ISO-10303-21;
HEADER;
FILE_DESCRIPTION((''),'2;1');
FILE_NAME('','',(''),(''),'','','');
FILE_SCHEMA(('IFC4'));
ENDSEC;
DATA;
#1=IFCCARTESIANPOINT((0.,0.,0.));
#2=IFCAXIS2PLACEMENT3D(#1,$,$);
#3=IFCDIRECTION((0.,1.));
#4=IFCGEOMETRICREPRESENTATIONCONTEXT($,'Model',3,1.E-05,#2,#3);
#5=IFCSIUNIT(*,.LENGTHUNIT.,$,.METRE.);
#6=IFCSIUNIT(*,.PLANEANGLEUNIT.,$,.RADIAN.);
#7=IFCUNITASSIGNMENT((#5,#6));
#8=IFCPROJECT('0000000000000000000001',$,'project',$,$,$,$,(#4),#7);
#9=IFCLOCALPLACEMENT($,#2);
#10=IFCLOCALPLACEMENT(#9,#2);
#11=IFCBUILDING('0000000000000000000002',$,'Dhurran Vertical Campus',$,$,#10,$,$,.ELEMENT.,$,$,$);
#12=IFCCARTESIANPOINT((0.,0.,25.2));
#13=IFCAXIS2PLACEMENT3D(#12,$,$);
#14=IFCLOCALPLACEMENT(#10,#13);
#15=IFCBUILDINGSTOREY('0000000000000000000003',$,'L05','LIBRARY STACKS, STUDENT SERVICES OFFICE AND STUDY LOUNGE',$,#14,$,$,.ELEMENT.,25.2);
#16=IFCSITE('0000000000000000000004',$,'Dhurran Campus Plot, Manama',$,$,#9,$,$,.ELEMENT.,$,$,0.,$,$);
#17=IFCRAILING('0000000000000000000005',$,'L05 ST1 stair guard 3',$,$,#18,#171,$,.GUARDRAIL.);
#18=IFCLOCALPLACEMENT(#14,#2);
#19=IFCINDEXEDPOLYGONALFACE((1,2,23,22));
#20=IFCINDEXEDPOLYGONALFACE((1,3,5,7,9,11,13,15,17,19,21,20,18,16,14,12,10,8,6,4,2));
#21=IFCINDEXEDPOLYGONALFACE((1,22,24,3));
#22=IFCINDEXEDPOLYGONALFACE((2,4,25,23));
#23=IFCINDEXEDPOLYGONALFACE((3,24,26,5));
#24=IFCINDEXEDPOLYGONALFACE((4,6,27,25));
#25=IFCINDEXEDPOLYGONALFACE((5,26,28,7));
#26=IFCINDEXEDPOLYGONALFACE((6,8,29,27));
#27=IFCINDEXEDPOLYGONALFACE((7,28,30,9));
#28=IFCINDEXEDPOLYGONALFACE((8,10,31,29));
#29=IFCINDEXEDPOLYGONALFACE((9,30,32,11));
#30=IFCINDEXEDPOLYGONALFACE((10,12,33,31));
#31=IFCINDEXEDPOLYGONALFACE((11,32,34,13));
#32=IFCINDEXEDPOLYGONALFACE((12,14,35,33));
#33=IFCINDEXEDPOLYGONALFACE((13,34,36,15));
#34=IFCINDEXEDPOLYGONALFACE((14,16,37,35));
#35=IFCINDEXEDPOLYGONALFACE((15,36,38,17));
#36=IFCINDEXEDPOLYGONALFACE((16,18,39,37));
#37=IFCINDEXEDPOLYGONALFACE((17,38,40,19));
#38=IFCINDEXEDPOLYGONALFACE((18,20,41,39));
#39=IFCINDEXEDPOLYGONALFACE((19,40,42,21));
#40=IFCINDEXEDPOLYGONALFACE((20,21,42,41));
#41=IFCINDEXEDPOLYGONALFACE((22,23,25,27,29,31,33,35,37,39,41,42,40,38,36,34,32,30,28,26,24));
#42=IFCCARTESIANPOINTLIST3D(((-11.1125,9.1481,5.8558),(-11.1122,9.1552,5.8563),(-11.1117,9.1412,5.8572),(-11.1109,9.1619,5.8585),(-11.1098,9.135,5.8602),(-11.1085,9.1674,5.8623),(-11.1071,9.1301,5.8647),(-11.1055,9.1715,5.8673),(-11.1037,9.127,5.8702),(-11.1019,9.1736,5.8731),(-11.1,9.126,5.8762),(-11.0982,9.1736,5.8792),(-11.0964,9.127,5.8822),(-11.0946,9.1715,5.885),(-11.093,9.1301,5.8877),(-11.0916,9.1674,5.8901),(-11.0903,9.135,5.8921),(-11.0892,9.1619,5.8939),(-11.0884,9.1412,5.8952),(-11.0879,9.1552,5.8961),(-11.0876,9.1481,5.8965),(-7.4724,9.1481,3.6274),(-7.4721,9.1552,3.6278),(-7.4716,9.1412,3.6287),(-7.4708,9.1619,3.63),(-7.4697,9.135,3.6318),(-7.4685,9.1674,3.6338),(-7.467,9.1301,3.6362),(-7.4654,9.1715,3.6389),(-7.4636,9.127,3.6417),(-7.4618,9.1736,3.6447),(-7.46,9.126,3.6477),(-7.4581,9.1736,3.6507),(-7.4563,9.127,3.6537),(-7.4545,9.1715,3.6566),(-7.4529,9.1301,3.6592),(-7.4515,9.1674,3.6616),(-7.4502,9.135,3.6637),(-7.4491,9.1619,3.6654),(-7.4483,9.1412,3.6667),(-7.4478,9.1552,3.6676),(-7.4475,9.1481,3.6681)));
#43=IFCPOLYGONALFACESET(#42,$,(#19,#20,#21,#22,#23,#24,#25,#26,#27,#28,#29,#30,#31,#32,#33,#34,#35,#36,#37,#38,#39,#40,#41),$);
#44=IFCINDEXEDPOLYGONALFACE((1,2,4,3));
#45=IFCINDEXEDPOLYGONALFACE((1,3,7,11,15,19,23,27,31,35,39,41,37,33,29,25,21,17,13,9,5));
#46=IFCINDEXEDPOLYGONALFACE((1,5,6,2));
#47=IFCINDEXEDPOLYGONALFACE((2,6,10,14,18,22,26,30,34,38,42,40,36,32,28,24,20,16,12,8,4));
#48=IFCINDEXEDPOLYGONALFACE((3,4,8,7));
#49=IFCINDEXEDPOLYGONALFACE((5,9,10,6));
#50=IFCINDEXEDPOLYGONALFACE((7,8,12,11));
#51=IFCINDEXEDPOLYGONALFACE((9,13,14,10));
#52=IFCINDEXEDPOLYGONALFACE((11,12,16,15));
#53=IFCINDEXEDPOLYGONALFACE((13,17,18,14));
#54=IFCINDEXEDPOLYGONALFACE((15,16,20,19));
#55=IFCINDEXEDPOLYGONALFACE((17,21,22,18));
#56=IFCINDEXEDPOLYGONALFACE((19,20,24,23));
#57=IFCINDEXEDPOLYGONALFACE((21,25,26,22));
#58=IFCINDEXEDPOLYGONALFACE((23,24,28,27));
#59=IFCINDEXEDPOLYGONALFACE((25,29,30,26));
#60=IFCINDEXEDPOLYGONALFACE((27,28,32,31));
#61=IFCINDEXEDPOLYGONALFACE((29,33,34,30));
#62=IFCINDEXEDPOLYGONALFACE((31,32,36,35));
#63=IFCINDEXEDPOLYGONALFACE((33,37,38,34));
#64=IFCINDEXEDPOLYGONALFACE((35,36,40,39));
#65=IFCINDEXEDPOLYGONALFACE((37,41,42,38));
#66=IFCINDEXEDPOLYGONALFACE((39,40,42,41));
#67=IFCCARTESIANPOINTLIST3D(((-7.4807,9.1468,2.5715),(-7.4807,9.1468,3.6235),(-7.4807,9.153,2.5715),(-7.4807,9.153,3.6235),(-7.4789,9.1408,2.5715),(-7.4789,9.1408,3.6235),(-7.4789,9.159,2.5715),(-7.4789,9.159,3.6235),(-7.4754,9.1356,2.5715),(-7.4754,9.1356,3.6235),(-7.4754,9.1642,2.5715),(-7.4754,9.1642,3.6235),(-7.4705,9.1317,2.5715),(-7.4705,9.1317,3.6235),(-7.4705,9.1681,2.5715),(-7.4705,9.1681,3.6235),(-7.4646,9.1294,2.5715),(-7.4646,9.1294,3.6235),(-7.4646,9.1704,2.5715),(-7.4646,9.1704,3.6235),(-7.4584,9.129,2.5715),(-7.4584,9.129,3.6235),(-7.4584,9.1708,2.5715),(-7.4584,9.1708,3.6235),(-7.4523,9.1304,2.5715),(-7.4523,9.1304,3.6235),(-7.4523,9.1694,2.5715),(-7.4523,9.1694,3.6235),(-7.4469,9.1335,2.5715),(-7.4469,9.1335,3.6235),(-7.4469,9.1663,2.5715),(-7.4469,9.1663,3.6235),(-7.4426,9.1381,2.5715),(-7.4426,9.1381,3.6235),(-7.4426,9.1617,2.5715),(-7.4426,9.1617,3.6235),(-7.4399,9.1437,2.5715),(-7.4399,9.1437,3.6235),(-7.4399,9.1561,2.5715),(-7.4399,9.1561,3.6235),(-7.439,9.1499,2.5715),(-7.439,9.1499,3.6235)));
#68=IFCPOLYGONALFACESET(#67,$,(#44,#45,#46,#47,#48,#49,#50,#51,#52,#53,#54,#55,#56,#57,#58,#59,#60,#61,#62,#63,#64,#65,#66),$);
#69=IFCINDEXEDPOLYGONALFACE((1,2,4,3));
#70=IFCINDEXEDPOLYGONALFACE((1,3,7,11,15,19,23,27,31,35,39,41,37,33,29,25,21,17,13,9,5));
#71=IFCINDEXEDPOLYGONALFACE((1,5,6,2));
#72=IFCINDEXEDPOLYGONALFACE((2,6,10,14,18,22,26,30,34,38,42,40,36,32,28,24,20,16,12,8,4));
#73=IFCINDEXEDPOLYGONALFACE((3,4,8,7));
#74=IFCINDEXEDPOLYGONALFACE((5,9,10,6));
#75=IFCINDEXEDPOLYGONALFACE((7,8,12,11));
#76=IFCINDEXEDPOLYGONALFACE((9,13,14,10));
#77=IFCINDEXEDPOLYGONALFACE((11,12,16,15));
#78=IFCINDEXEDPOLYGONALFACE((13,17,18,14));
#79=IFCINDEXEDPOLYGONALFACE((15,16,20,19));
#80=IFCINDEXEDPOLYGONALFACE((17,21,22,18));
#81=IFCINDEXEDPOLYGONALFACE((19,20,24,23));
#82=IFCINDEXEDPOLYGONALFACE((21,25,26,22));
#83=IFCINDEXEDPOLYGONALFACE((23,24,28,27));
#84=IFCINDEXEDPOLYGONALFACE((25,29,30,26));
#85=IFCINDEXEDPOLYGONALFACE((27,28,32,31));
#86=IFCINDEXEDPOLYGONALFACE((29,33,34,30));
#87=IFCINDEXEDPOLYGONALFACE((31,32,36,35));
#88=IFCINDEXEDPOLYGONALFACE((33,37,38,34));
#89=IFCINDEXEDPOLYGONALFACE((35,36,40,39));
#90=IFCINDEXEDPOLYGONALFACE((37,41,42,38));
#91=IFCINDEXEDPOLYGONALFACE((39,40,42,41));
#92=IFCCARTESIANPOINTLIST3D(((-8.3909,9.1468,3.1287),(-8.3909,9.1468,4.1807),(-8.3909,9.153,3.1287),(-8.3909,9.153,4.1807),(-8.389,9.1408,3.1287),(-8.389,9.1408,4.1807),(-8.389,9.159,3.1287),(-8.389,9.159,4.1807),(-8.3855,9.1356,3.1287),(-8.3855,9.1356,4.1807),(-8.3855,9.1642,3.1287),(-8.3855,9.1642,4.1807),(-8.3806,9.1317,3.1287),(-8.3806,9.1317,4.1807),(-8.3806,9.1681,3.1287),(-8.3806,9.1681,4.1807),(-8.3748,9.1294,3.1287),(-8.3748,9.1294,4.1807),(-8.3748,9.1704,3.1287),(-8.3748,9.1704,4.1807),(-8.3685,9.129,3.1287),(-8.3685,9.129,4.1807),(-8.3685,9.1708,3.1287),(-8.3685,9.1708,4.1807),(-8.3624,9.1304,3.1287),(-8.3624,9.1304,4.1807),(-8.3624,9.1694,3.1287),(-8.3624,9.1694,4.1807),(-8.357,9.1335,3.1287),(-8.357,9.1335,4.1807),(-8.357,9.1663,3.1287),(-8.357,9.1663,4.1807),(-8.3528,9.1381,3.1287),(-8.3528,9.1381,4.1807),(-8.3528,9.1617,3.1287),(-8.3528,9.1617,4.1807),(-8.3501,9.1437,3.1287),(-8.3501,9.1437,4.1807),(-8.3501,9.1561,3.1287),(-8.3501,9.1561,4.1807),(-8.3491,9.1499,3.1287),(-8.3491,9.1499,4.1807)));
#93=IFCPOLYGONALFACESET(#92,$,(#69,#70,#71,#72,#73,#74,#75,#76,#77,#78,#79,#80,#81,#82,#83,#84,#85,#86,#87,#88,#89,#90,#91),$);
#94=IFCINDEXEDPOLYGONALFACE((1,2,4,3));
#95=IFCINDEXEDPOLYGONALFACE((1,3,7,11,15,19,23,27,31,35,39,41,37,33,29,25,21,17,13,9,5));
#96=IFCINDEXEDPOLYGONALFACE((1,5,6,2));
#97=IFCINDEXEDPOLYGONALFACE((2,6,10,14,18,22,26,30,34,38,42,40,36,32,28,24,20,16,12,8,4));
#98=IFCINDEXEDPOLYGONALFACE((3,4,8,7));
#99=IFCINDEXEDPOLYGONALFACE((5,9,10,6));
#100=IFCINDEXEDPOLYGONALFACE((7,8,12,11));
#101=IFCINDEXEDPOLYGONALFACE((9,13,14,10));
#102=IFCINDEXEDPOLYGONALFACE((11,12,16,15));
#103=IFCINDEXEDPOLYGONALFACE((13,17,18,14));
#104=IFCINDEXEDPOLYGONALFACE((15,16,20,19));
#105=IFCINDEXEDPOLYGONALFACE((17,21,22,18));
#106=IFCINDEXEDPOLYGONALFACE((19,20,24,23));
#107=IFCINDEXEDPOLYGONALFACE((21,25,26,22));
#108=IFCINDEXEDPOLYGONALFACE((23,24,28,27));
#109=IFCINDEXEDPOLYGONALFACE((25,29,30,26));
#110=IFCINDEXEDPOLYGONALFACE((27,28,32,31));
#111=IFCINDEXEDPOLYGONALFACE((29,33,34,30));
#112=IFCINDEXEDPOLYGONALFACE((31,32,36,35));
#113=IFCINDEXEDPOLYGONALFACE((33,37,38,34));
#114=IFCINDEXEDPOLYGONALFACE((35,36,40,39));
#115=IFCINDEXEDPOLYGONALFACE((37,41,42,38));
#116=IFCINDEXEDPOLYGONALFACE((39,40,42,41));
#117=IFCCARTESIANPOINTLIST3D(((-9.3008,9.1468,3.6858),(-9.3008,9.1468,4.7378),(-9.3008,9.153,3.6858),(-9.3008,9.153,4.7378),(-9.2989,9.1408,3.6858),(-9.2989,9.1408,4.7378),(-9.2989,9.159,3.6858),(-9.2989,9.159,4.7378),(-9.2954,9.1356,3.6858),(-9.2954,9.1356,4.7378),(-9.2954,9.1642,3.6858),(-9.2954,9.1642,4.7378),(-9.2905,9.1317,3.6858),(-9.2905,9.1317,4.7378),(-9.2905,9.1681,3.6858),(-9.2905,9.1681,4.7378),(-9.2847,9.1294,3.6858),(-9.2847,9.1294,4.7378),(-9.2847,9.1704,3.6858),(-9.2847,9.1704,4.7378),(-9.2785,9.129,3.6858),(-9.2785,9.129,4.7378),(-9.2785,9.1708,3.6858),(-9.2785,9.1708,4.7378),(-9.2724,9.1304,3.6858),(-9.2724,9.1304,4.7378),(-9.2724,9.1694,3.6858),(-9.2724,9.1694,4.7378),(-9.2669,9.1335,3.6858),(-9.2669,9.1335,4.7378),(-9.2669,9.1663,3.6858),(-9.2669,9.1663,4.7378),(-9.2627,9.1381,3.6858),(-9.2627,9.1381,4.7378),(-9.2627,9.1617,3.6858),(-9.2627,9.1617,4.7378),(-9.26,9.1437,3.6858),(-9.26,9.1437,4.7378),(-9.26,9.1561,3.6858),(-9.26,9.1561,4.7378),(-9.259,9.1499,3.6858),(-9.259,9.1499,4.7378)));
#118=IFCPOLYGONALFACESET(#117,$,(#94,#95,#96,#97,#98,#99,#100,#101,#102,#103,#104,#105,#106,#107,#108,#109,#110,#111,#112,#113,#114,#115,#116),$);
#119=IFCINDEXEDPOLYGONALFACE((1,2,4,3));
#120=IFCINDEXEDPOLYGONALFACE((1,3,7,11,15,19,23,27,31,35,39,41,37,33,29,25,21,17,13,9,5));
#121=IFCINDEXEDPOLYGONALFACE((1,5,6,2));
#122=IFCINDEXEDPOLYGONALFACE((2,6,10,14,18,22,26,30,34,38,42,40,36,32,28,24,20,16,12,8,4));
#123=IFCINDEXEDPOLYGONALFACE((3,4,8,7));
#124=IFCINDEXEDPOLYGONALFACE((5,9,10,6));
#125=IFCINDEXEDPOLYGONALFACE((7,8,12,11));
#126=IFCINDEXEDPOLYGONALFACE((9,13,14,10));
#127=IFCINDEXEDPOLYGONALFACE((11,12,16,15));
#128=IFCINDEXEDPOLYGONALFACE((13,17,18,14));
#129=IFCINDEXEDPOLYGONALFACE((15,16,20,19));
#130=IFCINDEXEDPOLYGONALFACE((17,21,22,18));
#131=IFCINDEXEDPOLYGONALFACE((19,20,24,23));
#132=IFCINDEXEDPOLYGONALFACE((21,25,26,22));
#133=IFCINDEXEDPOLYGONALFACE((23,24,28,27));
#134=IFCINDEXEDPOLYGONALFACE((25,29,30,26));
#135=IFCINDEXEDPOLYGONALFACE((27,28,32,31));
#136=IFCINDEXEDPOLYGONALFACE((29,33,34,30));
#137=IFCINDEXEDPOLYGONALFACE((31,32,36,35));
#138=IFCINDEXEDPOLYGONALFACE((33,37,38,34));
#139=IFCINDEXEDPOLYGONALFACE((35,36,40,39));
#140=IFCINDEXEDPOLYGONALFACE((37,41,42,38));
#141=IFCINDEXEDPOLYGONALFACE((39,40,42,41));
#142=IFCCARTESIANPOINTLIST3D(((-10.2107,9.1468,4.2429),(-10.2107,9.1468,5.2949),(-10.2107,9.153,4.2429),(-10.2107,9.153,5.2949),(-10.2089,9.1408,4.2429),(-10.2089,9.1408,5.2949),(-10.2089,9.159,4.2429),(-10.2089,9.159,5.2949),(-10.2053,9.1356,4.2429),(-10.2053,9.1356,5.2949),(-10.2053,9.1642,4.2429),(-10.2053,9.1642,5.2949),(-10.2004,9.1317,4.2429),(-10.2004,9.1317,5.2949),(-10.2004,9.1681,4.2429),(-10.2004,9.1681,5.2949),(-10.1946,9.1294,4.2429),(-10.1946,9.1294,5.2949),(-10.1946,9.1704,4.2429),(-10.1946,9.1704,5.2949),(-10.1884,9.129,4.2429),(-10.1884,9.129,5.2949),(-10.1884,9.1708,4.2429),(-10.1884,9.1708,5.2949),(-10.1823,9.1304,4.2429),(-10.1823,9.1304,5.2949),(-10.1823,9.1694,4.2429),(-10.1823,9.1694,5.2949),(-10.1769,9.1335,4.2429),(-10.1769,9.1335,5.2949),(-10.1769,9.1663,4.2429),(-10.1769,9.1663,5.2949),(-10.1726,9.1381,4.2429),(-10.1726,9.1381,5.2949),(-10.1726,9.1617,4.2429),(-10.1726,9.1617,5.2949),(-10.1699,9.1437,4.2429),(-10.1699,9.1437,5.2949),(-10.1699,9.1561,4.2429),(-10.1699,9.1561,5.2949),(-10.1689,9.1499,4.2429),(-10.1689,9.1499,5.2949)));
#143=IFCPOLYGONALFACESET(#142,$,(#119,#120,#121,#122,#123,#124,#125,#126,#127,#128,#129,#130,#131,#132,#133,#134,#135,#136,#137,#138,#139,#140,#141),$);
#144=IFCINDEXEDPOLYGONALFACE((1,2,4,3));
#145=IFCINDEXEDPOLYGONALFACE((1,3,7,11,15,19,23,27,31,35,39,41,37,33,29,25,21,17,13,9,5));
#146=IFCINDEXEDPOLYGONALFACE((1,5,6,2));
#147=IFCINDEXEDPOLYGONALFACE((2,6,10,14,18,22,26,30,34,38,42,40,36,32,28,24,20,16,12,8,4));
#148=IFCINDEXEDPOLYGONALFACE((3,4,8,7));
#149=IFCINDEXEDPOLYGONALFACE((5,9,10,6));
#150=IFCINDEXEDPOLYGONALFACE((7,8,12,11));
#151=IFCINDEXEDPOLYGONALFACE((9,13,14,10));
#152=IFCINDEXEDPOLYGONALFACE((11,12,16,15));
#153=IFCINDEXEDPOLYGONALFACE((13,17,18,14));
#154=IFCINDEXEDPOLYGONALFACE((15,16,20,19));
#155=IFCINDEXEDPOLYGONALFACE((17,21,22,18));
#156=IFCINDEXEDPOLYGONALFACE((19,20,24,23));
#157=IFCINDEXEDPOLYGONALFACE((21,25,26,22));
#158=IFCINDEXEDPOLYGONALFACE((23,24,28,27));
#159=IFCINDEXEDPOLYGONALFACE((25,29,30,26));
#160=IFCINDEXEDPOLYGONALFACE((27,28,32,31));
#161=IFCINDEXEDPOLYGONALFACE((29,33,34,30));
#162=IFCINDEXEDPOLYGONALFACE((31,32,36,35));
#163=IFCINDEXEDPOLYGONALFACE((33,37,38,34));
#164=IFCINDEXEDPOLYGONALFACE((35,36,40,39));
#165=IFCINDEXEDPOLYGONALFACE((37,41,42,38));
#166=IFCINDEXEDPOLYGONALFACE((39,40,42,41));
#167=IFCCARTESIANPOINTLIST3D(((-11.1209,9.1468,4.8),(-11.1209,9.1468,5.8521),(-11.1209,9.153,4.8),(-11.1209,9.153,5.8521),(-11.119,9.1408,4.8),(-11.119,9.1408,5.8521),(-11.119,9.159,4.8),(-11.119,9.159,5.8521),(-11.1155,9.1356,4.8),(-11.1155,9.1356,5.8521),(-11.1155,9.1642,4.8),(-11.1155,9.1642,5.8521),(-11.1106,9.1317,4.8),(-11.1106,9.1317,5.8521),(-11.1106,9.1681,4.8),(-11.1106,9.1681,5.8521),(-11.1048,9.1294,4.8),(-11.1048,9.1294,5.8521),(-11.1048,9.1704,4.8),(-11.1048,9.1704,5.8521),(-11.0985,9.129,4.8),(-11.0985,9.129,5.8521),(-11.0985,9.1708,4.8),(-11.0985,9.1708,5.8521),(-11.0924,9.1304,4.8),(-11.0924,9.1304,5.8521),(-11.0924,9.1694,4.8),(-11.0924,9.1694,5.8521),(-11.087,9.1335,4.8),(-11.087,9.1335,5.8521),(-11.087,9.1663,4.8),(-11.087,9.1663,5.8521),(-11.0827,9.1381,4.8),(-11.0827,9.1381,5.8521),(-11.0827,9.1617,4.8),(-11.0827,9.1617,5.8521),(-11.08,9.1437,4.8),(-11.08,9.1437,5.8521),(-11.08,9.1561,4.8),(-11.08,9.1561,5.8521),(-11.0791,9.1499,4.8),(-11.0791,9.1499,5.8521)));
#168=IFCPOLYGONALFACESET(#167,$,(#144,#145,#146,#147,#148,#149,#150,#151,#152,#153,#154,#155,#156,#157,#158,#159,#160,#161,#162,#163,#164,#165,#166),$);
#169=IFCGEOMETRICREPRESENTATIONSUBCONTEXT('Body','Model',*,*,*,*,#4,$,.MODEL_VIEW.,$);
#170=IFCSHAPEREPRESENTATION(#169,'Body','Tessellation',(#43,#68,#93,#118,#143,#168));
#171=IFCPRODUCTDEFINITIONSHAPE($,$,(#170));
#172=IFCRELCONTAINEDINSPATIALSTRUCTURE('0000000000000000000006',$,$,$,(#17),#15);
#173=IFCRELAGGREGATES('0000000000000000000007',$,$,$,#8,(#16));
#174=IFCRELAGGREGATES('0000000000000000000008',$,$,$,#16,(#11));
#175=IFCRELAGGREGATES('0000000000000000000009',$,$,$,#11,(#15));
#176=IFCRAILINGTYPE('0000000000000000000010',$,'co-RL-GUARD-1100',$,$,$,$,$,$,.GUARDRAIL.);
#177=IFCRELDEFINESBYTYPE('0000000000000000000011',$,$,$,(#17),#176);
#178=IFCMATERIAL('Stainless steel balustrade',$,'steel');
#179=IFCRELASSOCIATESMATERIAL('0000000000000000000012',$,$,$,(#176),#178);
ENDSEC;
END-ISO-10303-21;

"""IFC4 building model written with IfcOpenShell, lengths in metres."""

from ifc_helpers import new_model, si_unit, direction, frame, origin, origin_2d, place, context, subcontext, project, spatial, circle, extrude, material, type_object, element, save


model = new_model("IFC4")

# Units and contexts
model_context = context("Model", 3, precision=1e-05, world=origin(), true_north=direction((0.0, 1.0)))
body_context = subcontext(model_context, "Body", "Model", "MODEL_VIEW")
ifc_project = project(units=[si_unit("LENGTHUNIT", "METRE"), si_unit("PLANEANGLEUNIT", "RADIAN")], contexts=[model_context])

# Site, building, storey
site_placement = place(None, origin())
site = spatial("IfcSite", under=ifc_project, at=site_placement, Name="Dhurran Campus Plot, Manama", CompositionType="ELEMENT", RefElevation=0.0)
building_placement = place(site_placement, origin())
building = spatial("IfcBuilding", under=site, at=building_placement, Name="Dhurran Vertical Campus", CompositionType="ELEMENT")
storey_placement = place(building_placement, frame((0.0, 0.0, 25.2)))
storey = spatial("IfcBuildingStorey", under=building, at=storey_placement, Name="L05", Description="LIBRARY STACKS, STUDENT SERVICES OFFICE AND STUDY LOUNGE", CompositionType="ELEMENT", Elevation=25.2)

# Railing
ifc_material_1 = material(Name="Stainless steel balustrade", Category="steel")
railing_type_1 = type_object("IfcRailingType", Name="co-RL-GUARD-1100", PredefinedType="GUARDRAIL", material=ifc_material_1)
railing_1_placement = place(storey_placement, frame((-7.46, 9.1499, 2.5715)))
element("IfcRailing", 1, at=railing_1_placement, inside=storey, type_object=railing_type_1, Name="L05 ST1 stair guard 3", PredefinedType="GUARDRAIL", context=body_context, shape_type="SweptSolid", body=[
    extrude(circle(Radius=0.0239, at=origin_2d()), frame((0.0, 0.0, 1.0762), z_axis=(-0.852866, 0.0, 0.52213), x_axis=(0.0, -1.0, 0.0)), (0.0, 0.0, 1.0), 4.2681),
    extrude(circle(Radius=0.021, at=origin_2d()), origin(), (0.0, 0.0, 1.0), 1.052),
    extrude(circle(Radius=0.021, at=origin_2d()), frame((-0.9102, 0.0, 0.5571)), (0.0, 0.0, 1.0), 1.052),
    extrude(circle(Radius=0.021, at=origin_2d()), frame((-1.8201, 0.0, 1.1143)), (0.0, 0.0, 1.0), 1.052),
    extrude(circle(Radius=0.021, at=origin_2d()), frame((-2.73, 0.0, 1.6714)), (0.0, 0.0, 1.0), 1.052),
    extrude(circle(Radius=0.021, at=origin_2d()), frame((-3.6401, 0.0, 2.2285)), (0.0, 0.0, 1.0), 1.052),
])

save(model, "model.ifc")
